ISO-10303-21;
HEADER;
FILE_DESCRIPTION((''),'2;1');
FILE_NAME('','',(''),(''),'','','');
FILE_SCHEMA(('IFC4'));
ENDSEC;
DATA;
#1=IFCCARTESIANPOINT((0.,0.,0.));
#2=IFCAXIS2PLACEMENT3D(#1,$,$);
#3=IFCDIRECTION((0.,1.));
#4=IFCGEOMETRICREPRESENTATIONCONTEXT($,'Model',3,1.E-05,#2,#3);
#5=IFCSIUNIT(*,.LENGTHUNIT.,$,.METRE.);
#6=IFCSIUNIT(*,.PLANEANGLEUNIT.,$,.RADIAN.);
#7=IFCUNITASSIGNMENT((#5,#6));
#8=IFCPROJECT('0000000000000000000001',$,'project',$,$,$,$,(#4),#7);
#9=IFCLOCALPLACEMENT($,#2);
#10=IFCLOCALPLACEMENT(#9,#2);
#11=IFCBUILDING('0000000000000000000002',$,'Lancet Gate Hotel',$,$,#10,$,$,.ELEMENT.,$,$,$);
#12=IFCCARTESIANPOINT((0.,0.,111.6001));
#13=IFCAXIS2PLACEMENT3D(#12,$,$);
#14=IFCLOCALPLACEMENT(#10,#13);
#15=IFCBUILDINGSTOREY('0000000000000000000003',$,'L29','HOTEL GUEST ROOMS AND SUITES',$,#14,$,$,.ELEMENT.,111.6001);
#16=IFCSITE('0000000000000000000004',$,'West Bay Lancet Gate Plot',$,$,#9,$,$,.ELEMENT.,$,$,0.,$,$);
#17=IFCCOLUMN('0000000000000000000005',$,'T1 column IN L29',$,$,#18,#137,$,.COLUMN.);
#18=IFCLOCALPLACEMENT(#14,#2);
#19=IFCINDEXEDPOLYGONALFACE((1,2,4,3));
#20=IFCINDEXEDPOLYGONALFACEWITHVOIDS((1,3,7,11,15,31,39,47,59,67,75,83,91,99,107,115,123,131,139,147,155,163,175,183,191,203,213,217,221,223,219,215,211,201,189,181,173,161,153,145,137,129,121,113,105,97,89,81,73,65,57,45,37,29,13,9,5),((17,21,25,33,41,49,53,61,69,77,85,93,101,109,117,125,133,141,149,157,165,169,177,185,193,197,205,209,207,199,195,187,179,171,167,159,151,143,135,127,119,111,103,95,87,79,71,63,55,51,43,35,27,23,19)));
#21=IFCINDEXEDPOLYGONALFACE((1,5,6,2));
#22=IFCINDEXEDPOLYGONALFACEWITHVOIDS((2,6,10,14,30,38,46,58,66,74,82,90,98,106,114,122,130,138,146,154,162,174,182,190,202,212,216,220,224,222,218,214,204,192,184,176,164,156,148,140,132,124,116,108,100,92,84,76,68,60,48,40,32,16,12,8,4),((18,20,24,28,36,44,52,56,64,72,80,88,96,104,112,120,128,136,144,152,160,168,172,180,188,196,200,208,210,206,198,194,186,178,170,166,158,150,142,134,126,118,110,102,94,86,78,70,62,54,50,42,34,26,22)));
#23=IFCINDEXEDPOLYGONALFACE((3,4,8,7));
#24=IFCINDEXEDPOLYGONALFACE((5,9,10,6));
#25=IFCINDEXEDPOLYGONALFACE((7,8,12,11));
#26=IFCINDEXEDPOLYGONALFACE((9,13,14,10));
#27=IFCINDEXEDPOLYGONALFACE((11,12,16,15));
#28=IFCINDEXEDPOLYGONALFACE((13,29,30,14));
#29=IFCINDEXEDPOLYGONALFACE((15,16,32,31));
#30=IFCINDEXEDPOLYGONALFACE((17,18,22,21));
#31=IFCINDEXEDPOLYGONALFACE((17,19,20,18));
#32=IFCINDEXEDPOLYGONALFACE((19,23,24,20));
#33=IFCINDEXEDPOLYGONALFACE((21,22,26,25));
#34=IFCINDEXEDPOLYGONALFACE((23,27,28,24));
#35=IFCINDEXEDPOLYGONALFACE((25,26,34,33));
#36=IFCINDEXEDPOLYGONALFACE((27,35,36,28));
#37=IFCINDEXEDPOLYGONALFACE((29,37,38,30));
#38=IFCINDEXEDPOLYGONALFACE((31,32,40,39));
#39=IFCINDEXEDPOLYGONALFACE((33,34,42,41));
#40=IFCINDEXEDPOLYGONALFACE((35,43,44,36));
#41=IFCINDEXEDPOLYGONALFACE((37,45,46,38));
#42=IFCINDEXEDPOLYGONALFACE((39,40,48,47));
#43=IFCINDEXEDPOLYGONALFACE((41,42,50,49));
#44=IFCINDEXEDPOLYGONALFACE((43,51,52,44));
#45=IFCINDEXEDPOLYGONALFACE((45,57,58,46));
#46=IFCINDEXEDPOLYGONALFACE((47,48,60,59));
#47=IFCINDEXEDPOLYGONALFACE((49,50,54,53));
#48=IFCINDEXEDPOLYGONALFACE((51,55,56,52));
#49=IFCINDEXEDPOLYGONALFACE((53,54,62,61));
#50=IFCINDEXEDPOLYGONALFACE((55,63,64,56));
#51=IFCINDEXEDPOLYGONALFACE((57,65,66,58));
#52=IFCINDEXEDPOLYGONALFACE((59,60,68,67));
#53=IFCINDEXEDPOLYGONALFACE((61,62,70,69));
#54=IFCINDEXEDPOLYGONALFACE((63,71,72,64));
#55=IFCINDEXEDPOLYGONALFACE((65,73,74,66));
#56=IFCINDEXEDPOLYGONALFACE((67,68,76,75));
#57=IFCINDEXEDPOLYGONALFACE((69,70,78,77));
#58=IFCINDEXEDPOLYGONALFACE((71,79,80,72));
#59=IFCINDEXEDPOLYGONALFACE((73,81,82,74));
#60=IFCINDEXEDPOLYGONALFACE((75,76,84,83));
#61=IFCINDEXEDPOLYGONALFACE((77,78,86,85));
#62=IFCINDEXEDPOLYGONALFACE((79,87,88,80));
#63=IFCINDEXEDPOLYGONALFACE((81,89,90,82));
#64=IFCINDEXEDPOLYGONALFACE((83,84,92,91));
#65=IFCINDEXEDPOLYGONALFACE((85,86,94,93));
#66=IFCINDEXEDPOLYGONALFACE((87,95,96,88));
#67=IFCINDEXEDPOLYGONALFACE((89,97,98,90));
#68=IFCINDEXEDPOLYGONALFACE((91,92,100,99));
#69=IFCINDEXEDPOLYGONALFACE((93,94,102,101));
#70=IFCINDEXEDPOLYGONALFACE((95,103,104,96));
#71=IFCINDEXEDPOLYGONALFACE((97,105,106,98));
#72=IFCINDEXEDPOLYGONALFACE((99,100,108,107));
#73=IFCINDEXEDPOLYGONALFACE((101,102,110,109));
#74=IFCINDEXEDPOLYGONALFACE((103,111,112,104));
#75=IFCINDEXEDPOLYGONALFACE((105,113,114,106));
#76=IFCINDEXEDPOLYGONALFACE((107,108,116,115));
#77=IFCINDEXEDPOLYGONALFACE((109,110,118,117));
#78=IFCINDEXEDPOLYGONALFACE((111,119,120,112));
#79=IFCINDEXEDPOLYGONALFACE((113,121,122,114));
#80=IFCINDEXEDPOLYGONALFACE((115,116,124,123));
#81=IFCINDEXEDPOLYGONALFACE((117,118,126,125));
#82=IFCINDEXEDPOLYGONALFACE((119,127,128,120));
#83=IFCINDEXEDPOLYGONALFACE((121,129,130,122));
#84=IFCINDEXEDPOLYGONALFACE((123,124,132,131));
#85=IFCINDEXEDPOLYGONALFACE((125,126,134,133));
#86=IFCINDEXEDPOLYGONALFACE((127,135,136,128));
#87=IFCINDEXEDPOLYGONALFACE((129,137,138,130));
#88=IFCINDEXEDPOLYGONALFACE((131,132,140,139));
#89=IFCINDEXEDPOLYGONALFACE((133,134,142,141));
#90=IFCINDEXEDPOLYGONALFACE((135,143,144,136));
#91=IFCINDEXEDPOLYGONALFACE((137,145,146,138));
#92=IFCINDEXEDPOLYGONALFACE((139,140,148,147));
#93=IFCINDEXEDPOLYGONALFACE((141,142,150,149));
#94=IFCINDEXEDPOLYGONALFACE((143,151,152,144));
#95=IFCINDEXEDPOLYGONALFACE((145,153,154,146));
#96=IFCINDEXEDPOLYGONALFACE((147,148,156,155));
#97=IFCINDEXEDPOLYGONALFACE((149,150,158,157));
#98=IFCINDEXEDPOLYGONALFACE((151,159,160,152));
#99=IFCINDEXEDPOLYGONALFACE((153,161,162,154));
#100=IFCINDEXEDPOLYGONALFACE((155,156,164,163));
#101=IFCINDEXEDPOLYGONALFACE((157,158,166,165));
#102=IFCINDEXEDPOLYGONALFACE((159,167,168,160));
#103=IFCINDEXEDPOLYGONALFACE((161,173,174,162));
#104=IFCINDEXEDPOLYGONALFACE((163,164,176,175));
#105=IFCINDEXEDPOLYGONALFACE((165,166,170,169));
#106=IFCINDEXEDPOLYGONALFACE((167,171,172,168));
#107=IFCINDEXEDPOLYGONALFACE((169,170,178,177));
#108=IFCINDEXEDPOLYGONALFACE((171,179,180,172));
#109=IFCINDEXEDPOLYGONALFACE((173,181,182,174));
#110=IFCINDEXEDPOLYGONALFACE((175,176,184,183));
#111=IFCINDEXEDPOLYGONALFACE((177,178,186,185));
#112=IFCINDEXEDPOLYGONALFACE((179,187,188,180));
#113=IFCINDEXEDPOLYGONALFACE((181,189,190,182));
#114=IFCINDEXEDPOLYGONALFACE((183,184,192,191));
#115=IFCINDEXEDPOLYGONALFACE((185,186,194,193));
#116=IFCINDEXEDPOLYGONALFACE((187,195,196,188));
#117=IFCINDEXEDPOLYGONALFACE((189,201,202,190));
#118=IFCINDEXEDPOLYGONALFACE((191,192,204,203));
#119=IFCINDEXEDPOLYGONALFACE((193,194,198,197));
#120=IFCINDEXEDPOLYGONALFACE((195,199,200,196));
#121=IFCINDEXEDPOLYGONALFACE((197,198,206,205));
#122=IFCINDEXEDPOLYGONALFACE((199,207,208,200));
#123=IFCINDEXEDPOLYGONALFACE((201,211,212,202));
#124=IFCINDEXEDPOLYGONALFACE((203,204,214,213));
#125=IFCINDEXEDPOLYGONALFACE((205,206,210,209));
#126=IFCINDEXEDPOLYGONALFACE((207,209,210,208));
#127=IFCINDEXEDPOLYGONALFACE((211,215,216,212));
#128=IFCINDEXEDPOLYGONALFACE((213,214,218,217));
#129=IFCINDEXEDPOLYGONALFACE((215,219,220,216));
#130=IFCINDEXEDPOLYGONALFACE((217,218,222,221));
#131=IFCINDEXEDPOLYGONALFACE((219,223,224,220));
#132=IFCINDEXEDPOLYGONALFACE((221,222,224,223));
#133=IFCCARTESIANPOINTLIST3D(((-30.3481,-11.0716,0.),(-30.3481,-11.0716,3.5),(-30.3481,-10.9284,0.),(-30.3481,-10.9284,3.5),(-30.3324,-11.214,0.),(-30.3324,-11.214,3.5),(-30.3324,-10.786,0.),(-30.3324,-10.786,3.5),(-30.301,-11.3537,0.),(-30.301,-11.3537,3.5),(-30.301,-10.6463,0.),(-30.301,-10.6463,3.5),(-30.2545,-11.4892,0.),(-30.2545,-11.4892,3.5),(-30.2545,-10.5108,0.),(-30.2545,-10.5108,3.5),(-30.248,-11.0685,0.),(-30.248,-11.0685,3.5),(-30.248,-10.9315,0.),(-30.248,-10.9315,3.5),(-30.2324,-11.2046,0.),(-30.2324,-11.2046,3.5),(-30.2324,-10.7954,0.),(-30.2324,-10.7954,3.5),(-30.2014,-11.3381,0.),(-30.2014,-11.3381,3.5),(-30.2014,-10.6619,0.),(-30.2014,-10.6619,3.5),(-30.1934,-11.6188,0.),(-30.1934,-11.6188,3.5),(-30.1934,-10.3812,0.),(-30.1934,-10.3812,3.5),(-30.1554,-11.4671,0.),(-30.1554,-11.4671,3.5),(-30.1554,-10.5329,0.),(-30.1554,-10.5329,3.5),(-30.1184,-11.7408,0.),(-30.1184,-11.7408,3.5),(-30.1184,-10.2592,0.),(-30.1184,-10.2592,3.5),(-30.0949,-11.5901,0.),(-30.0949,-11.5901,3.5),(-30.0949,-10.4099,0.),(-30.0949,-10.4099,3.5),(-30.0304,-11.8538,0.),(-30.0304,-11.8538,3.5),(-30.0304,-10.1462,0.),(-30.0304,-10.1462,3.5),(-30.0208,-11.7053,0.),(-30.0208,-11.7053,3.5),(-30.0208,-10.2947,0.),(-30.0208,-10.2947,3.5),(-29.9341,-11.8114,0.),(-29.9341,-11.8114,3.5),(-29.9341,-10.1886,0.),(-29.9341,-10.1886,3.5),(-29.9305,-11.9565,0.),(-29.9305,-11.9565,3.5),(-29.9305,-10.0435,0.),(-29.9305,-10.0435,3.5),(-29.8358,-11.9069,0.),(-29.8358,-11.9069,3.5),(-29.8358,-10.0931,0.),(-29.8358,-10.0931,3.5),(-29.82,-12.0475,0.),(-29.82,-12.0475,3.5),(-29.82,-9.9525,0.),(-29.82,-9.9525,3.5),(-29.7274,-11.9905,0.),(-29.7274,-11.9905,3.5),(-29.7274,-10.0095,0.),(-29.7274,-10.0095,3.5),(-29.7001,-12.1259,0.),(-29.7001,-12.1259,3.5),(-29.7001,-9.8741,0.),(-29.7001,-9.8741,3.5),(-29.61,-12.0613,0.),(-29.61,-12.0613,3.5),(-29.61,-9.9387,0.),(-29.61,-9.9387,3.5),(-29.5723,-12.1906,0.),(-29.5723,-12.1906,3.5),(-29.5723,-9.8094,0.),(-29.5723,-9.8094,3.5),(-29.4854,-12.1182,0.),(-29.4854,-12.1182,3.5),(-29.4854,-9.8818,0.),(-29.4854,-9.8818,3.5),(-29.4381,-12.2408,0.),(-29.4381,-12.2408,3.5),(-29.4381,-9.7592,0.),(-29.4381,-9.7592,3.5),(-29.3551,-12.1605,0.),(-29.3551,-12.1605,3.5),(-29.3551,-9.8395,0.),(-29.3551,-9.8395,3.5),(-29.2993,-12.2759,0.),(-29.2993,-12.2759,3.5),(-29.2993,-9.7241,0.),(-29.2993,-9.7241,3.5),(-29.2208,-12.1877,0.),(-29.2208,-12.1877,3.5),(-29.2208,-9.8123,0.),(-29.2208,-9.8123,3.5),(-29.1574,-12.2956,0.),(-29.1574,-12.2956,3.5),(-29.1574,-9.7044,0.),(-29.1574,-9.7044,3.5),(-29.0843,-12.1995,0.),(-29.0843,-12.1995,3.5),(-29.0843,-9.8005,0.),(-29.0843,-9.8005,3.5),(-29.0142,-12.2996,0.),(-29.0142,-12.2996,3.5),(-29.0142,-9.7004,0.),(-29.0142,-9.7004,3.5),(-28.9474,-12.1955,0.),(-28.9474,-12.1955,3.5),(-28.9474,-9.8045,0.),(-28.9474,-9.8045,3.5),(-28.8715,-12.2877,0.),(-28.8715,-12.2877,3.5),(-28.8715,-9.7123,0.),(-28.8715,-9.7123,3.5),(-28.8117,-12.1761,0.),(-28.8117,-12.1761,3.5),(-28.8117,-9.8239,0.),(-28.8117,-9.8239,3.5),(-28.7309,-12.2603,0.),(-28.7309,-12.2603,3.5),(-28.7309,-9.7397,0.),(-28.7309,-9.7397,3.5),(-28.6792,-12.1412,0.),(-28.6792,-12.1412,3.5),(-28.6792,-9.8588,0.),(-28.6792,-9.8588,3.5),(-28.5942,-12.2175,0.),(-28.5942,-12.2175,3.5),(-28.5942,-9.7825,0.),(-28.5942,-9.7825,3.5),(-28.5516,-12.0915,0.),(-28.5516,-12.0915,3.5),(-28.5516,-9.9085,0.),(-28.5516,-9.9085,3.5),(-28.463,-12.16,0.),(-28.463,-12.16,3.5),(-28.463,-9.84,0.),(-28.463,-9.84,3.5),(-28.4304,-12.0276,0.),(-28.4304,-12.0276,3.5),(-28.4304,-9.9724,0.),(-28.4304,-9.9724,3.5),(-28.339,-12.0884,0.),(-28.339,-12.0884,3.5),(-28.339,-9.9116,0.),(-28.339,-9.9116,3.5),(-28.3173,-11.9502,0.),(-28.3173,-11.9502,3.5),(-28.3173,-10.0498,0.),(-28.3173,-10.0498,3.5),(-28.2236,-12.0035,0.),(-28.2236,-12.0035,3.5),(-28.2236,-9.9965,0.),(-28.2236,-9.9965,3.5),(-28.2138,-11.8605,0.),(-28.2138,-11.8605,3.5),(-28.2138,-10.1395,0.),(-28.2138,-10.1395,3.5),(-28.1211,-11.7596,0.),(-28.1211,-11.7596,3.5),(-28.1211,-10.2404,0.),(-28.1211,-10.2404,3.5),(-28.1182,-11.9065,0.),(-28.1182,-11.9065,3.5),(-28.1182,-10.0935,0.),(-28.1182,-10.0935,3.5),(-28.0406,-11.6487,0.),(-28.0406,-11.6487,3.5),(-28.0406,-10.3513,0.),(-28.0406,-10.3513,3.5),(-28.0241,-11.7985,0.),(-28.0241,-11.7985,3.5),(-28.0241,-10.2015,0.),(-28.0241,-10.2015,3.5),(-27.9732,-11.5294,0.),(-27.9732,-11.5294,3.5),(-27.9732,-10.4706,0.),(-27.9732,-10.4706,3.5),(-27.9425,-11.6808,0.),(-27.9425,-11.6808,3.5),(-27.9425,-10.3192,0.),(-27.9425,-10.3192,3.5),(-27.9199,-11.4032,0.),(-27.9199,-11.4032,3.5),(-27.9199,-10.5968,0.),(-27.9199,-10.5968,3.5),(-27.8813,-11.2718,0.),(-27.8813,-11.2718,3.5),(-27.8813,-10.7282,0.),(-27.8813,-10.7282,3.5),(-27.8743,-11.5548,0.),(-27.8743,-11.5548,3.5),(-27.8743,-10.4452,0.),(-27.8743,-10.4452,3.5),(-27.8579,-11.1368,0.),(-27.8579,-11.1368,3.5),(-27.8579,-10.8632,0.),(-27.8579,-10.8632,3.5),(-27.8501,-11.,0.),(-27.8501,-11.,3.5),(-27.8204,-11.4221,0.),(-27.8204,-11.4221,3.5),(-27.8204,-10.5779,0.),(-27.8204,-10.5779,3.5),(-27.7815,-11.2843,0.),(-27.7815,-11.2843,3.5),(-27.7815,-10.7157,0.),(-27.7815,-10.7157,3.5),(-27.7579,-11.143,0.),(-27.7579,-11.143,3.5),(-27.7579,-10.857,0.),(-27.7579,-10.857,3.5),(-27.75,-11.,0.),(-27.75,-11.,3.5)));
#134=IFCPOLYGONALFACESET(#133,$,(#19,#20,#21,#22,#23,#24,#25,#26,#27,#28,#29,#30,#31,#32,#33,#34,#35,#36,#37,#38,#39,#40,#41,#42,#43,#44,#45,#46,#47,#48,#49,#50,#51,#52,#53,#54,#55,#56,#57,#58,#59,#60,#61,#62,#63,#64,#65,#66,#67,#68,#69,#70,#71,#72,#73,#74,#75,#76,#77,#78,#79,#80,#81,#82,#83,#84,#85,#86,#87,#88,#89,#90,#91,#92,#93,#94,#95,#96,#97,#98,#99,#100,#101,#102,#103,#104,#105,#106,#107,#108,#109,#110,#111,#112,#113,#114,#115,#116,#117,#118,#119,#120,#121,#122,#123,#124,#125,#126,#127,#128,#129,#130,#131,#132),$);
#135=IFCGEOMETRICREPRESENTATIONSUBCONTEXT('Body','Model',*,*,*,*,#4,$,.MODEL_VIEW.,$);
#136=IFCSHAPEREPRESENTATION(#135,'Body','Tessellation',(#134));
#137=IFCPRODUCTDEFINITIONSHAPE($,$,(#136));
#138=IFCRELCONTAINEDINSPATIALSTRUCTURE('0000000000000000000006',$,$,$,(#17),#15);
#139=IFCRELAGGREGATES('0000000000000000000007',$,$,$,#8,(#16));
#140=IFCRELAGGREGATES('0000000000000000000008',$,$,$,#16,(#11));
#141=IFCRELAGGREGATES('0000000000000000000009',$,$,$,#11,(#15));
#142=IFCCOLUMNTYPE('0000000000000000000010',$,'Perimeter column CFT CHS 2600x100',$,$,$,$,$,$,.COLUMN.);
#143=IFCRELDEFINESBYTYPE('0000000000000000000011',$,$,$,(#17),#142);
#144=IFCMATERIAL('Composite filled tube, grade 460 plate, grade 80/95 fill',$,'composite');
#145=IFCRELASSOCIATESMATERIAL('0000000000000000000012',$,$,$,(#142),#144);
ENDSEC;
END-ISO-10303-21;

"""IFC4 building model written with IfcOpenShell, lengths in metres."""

from ifc_helpers import new_model, si_unit, direction, frame, origin, origin_2d, place, context, subcontext, project, spatial, hollow_circle, extrude, material, material_profile, profile_set, type_object, element, save


model = new_model("IFC4")

# Units and contexts
model_context = context("Model", 3, precision=1e-05, world=origin(), true_north=direction((0.0, 1.0)))
body_context = subcontext(model_context, "Body", "Model", "MODEL_VIEW")
ifc_project = project(units=[si_unit("LENGTHUNIT", "METRE"), si_unit("PLANEANGLEUNIT", "RADIAN")], contexts=[model_context])

# Site, building, storey
site_placement = place(None, origin())
site = spatial("IfcSite", under=ifc_project, at=site_placement, Name="West Bay Lancet Gate Plot", CompositionType="ELEMENT", RefElevation=0.0)
building_placement = place(site_placement, origin())
building = spatial("IfcBuilding", under=site, at=building_placement, Name="Lancet Gate Hotel", CompositionType="ELEMENT")
storey_placement = place(building_placement, frame((0.0, 0.0, 111.6001)))
storey = spatial("IfcBuildingStorey", under=building, at=storey_placement, Name="L29", Description="HOTEL GUEST ROOMS AND SUITES", CompositionType="ELEMENT", Elevation=111.6001)

# Column
ifc_material_1 = material(Name="Composite filled tube, grade 460 plate, grade 80/95 fill", Category="composite")
ifc_material_profile_1 = material_profile(ifc_material_1, hollow_circle(Radius=1.3, WallThickness=0.1001, at=origin_2d()), Name="CHS 2600x100")
ifc_profile_set_1 = profile_set([ifc_material_profile_1], Name="Composite filled tube, grade 460 plate, grade 80/95 fill")
column_type = type_object("IfcColumnType", Name="Perimeter column CFT CHS 2600x100", PredefinedType="COLUMN", material=ifc_profile_set_1)
for number, where, z_axis, x_axis, name in (
    (1, (-29.05, -11.0, 0.0), (0.0, 0.0, 1.0), (1.0, 0.0, 0.0), "T1 column IN L29"),
):
    element("IfcColumn", number, at=place(storey_placement, frame(where, z_axis=z_axis, x_axis=x_axis)), inside=storey, type_object=column_type, Name=name, PredefinedType="COLUMN", context=body_context, shape_type="SweptSolid", body=[
        extrude(hollow_circle(Radius=1.3, WallThickness=0.1001, at=origin_2d()), origin(), (0.0, 0.0, 1.0), 3.5),
    ])

save(model, "model.ifc")
